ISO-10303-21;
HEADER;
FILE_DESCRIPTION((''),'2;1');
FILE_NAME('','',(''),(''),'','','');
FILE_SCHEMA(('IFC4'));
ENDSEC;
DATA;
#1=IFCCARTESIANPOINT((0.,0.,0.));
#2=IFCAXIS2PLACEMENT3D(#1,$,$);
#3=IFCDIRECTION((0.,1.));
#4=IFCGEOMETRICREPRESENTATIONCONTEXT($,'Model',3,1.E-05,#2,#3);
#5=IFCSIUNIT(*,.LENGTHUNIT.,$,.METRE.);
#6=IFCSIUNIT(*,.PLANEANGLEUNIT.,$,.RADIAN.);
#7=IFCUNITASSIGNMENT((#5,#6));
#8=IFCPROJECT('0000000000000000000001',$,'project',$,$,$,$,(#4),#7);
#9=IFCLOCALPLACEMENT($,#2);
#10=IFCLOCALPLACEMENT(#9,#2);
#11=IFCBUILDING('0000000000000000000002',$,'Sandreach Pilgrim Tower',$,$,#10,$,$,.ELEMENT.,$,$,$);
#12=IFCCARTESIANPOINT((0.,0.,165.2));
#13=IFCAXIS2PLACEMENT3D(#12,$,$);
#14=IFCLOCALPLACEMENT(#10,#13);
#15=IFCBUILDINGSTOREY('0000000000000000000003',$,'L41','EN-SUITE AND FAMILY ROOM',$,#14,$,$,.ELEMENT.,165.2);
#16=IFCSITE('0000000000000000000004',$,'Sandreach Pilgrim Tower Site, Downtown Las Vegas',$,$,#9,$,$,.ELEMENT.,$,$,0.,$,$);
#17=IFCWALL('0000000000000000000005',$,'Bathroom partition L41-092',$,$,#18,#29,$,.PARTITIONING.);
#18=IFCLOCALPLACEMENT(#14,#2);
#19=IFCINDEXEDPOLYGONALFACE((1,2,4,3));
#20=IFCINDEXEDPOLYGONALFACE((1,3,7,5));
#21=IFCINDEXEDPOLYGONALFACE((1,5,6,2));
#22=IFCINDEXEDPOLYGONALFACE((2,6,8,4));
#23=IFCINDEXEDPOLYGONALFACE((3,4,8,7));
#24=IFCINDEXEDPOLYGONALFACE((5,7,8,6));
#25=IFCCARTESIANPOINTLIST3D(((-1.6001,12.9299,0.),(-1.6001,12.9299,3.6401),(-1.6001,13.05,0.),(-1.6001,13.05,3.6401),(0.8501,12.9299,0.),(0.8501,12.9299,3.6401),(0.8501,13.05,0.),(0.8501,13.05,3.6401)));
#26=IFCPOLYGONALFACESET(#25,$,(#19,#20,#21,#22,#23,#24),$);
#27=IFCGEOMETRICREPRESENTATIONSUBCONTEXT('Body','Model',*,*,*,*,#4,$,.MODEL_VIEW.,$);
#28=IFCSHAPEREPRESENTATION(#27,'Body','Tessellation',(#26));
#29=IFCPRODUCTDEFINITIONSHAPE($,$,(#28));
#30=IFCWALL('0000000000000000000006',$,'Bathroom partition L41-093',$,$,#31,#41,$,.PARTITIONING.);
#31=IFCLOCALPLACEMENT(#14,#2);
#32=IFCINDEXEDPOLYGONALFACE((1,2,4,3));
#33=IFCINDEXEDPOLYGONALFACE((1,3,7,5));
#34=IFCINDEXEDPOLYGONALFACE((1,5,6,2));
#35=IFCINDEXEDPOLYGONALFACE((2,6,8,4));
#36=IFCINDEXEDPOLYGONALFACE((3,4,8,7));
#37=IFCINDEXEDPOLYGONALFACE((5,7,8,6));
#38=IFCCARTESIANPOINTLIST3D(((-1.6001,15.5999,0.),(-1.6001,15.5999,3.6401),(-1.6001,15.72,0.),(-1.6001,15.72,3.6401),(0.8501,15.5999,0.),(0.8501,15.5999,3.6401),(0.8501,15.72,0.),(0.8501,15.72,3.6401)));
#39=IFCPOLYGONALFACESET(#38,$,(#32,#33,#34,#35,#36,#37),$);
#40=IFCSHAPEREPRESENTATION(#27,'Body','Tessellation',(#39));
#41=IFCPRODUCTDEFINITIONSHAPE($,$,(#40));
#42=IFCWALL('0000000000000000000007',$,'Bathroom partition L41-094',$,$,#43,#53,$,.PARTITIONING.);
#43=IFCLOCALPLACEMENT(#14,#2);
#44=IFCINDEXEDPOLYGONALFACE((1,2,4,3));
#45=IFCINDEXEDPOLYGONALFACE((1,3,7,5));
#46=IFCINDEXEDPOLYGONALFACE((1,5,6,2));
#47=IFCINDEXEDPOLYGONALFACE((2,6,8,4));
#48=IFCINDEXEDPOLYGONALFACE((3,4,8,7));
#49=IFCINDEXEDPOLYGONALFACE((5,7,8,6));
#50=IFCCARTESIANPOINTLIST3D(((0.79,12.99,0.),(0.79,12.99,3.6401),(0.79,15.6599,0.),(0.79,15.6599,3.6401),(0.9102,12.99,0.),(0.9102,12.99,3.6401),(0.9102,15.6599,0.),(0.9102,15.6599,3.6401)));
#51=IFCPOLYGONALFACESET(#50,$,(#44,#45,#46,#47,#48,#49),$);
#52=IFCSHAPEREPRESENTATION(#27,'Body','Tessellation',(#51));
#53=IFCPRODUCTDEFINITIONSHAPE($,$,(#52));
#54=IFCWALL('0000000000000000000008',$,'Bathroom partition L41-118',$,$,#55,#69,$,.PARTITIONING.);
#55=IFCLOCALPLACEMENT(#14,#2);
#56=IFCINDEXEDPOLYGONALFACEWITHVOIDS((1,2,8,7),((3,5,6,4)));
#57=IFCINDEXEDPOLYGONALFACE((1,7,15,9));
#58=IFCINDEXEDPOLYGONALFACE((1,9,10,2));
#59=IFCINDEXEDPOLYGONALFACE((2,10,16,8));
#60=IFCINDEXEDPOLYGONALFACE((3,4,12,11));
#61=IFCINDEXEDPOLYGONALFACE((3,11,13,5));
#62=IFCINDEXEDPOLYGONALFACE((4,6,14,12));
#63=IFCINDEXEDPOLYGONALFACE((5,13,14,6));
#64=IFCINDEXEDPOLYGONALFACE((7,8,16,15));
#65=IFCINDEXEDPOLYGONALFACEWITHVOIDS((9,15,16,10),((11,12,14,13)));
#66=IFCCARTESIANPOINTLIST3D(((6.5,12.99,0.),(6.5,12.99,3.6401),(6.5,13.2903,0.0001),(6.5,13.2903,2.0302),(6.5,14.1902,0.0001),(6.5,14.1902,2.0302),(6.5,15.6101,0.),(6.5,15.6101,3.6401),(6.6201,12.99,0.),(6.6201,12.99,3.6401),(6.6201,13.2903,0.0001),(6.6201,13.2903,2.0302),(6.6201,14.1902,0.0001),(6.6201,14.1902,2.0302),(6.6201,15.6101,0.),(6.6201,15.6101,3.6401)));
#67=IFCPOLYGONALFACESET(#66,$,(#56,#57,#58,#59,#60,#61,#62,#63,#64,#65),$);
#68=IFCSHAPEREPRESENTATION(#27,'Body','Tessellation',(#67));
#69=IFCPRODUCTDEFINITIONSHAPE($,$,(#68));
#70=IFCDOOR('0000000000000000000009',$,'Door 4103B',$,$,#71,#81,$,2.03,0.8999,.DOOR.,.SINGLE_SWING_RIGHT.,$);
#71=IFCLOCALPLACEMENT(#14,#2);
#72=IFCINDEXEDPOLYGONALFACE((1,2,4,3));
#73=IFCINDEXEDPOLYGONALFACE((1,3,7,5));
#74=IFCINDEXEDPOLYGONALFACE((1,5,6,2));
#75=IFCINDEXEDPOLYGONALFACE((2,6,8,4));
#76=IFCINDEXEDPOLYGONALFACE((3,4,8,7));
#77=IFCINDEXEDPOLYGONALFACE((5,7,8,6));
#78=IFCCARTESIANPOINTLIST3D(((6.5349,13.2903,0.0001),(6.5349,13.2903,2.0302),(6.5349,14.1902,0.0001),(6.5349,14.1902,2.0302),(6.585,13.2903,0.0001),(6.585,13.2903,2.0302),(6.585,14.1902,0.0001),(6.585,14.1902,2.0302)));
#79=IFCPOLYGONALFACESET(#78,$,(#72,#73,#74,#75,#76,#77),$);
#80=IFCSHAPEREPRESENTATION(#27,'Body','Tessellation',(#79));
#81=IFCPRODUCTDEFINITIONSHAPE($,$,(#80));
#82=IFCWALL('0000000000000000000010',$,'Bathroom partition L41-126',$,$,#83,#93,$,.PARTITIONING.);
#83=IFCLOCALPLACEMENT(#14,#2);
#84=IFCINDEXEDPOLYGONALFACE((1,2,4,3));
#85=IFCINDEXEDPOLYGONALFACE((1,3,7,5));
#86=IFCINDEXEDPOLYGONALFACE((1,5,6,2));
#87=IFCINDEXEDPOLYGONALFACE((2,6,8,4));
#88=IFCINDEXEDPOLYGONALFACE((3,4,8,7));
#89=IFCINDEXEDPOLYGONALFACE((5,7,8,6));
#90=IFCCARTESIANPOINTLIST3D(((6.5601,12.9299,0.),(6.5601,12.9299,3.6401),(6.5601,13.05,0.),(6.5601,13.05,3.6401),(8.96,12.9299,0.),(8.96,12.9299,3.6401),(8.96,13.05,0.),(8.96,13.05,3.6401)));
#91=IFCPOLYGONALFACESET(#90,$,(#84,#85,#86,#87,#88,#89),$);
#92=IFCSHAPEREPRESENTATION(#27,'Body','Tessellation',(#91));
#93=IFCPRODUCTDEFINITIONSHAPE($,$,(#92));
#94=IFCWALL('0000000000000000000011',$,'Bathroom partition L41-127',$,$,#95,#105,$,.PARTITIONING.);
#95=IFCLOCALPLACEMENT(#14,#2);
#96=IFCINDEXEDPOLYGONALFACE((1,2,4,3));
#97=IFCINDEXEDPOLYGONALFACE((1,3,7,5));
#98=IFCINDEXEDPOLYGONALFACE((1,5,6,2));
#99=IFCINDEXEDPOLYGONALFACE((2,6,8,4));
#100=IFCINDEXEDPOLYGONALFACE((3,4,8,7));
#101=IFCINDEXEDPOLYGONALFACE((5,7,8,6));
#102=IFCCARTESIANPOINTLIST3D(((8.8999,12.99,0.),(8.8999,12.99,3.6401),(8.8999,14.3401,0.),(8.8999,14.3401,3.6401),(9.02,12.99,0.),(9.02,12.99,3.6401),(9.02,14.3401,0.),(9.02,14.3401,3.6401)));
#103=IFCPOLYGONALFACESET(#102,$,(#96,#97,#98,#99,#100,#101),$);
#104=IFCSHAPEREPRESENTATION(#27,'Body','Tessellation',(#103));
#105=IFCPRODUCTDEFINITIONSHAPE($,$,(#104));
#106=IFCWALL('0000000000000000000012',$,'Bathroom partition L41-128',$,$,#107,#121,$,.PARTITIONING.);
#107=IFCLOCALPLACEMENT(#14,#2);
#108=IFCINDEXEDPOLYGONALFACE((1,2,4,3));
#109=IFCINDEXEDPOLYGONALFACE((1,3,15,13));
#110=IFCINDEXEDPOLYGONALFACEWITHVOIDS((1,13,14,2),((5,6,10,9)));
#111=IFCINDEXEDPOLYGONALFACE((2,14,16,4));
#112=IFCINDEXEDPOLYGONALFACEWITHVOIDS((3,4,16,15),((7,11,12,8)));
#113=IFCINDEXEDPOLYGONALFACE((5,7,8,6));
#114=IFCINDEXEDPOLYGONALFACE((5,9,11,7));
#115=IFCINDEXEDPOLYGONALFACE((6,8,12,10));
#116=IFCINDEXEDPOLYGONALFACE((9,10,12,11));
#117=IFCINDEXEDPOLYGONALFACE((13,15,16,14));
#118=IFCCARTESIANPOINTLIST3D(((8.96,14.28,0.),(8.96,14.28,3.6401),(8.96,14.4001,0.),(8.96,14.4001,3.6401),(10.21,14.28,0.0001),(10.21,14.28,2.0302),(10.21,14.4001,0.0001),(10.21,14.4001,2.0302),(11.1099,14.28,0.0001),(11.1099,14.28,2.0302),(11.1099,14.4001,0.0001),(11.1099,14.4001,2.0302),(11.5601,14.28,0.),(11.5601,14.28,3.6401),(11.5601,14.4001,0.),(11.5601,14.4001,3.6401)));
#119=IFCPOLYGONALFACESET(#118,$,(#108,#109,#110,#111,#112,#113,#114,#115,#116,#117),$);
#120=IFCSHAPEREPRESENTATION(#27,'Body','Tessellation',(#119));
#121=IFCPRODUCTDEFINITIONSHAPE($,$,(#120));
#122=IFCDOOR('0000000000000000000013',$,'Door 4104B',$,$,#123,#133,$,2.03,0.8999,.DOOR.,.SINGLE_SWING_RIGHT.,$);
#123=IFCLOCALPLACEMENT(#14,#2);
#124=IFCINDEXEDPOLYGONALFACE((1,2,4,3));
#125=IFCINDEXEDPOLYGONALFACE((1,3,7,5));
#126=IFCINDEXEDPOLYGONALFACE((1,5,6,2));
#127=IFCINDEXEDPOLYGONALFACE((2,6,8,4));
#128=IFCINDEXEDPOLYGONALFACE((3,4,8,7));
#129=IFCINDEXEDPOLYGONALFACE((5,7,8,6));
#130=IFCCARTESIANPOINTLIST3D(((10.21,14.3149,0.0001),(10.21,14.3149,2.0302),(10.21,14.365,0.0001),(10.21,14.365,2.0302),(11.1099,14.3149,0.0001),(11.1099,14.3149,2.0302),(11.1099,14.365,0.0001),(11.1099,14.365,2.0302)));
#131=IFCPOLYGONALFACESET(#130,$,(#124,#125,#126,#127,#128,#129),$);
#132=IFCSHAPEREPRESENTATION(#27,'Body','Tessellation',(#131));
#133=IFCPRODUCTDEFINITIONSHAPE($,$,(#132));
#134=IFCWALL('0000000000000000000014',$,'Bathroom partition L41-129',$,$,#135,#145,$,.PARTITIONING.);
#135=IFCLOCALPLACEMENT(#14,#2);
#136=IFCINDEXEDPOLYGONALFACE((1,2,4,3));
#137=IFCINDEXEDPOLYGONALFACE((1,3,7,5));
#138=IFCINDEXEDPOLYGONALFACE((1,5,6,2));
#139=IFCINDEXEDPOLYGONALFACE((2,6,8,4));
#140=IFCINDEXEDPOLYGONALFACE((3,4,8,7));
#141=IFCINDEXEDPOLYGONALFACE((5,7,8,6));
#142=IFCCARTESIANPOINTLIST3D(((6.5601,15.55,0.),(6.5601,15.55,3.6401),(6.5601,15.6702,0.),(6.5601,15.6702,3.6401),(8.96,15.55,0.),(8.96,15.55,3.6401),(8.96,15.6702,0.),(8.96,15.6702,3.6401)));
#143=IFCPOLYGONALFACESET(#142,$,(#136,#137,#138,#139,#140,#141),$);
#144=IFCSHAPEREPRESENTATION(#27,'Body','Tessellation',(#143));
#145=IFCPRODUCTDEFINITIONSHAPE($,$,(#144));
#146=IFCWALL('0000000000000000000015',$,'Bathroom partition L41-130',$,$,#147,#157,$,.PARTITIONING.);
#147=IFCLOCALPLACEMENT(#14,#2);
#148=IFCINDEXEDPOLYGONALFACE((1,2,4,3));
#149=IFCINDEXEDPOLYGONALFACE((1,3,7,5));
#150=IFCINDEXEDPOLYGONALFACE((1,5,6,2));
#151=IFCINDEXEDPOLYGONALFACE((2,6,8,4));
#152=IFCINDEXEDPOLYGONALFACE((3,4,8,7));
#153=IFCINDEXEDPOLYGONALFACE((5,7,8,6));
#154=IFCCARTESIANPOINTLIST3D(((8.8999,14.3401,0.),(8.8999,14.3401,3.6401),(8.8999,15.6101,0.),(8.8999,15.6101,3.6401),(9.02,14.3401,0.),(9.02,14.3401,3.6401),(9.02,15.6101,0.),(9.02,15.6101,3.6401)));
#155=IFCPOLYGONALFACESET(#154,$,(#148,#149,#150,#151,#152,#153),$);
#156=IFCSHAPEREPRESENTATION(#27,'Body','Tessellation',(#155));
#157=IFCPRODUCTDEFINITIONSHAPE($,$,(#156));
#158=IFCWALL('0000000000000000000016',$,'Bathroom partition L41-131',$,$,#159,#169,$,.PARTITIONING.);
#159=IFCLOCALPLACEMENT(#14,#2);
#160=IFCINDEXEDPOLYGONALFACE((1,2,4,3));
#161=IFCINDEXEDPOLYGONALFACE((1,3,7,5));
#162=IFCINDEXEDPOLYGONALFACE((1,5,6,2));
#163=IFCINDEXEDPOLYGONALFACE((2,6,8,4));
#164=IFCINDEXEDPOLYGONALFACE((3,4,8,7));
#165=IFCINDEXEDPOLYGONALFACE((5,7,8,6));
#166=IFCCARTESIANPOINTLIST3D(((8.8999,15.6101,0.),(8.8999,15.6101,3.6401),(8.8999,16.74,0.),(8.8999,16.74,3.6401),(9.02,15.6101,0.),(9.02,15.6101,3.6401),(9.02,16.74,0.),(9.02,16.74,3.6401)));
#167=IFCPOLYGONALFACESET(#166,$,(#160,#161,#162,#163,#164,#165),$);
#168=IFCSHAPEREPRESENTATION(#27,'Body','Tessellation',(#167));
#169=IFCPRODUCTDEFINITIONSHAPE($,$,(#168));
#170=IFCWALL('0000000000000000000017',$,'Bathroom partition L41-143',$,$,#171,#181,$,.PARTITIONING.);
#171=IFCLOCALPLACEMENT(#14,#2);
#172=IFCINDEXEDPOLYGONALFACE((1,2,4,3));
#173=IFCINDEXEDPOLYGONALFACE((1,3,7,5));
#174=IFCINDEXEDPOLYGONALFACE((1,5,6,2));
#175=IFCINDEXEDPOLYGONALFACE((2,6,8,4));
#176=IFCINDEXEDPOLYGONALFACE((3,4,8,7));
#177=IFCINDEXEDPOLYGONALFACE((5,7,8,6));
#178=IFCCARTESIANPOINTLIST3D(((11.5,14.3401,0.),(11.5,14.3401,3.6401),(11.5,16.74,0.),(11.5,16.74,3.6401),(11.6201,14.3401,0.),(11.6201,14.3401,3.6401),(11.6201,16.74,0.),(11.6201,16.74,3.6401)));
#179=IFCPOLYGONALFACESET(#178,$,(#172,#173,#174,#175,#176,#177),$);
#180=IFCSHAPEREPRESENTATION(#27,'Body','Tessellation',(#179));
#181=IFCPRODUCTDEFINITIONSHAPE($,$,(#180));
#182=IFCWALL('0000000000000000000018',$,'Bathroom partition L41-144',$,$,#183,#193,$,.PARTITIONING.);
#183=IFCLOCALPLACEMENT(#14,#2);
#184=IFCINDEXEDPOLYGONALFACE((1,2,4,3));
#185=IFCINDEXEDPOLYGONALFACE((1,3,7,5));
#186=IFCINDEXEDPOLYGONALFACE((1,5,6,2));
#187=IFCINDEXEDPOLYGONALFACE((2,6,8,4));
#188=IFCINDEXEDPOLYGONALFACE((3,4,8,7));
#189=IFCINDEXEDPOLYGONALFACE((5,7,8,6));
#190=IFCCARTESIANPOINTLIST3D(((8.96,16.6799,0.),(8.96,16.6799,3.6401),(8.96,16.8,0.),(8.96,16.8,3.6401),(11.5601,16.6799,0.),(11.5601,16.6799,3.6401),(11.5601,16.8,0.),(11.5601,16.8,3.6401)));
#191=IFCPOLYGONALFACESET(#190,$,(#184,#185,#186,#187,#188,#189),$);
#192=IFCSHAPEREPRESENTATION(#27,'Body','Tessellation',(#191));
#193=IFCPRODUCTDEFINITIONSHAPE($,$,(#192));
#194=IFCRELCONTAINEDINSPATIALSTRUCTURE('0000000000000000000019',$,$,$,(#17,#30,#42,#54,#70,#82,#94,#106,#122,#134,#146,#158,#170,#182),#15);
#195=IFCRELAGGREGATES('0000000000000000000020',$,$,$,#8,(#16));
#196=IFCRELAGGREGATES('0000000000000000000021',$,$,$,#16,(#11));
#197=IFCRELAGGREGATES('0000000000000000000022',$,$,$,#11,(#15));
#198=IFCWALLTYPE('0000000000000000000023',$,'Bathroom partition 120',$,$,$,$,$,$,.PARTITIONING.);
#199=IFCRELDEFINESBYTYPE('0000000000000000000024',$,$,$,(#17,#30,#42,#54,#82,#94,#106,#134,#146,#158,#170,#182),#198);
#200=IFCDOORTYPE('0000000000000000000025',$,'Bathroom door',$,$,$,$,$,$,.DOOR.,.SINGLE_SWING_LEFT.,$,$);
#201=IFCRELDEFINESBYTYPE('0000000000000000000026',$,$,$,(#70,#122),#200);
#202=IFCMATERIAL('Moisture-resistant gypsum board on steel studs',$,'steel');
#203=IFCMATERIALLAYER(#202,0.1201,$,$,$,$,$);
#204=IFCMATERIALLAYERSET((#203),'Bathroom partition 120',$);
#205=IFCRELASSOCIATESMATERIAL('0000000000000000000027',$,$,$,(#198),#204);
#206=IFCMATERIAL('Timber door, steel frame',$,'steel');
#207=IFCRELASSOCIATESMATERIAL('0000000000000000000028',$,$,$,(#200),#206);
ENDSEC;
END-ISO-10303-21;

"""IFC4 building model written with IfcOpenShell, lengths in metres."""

from ifc_helpers import new_model, si_unit, direction, frame, frame_2d, origin, place, context, subcontext, project, spatial, rectangle, extrude, material, layer, layer_set, type_object, element, fill, save


model = new_model("IFC4")

# Units and contexts
model_context = context("Model", 3, precision=1e-05, world=origin(), true_north=direction((0.0, 1.0)))
body_context = subcontext(model_context, "Body", "Model", "MODEL_VIEW")
ifc_project = project(units=[si_unit("LENGTHUNIT", "METRE"), si_unit("PLANEANGLEUNIT", "RADIAN")], contexts=[model_context])

# Site, building, storey
site_placement = place(None, origin())
site = spatial("IfcSite", under=ifc_project, at=site_placement, Name="Sandreach Pilgrim Tower Site, Downtown Las Vegas", CompositionType="ELEMENT", RefElevation=0.0)
building_placement = place(site_placement, origin())
building = spatial("IfcBuilding", under=site, at=building_placement, Name="Sandreach Pilgrim Tower", CompositionType="ELEMENT")
storey_placement = place(building_placement, frame((0.0, 0.0, 165.2)))
storey = spatial("IfcBuildingStorey", under=building, at=storey_placement, Name="L41", Description="EN-SUITE AND FAMILY ROOM", CompositionType="ELEMENT", Elevation=165.2)

# Walls
ifc_material_1 = material(Name="Moisture-resistant gypsum board on steel studs", Category="steel")
ifc_layer_1 = layer(ifc_material_1, 0.1201)
ifc_layer_set_1 = layer_set([ifc_layer_1], Name="Bathroom partition 120")
wall_type_1 = type_object("IfcWallType", Name="Bathroom partition 120", PredefinedType="PARTITIONING", material=ifc_layer_set_1)
for number, where, z_axis, x_axis, name in (
    (1, (0.8501, 12.99, 0.0), (0.0, 0.0, 1.0), (-1.0, 0.0, 0.0), "Bathroom partition L41-092"),
    (2, (0.8501, 15.6599, 0.0), (0.0, 0.0, 1.0), (-1.0, 0.0, 0.0), "Bathroom partition L41-093"),
):
    element("IfcWall", number, at=place(storey_placement, frame(where, z_axis=z_axis, x_axis=x_axis)), inside=storey, type_object=wall_type_1, Name=name, PredefinedType="PARTITIONING", context=body_context, shape_type="SweptSolid", body=[
        extrude(rectangle(XDim=2.4502, YDim=0.1201, at=frame_2d((1.2251, 0.0))), origin(), (0.0, 0.0, 1.0), 3.6401),
    ])
wall_1_placement = place(storey_placement, frame((0.8501, 15.6599, 0.0), z_axis=(0.0, 0.0, 1.0), x_axis=(0.0, -1.0, 0.0)))
element("IfcWall", 3, at=wall_1_placement, inside=storey, type_object=wall_type_1, Name="Bathroom partition L41-094", PredefinedType="PARTITIONING", context=body_context, shape_type="SweptSolid", body=[
    extrude(rectangle(XDim=2.6699, YDim=0.1201, at=frame_2d((1.335, 0.0))), origin(), (0.0, 0.0, 1.0), 3.6401),
])

# Wall, opening, door
wall_2_placement = place(storey_placement, frame((6.5601, 15.6101, 0.0), z_axis=(0.0, 0.0, 1.0), x_axis=(0.0, -1.0, 0.0)))
wall_2 = element("IfcWall", 4, at=wall_2_placement, inside=storey, type_object=wall_type_1, Name="Bathroom partition L41-118", PredefinedType="PARTITIONING", context=body_context, shape_type="SweptSolid", body=[
    extrude(rectangle(XDim=2.6201, YDim=0.1201, at=frame_2d((1.3101, 0.0))), origin(), (0.0, 0.0, 1.0), 3.6401),
])
opening_1_placement = place(wall_2_placement, frame((1.4199, 0.0, 0.0)))
opening_1 = element("IfcOpeningElement", 5, at=opening_1_placement, cuts=wall_2, PredefinedType="OPENING", context=body_context, shape_type="SweptSolid", body=[
    extrude(rectangle(XDim=0.8999, YDim=2.03, at=frame_2d((0.45, 1.0151))), frame((0.0, 0.0601, 0.0), z_axis=(0.0, -1.0, 0.0), x_axis=(1.0, 0.0, 0.0)), (0.0, 0.0, 1.0), 0.1201),
])
ifc_material_2 = material(Name="Timber door, steel frame", Category="steel")
door_type_1 = type_object("IfcDoorType", Name="Bathroom door", OperationType="SINGLE_SWING_LEFT", PredefinedType="DOOR", material=ifc_material_2)
door_1_placement = place(opening_1_placement, origin())
door_1 = element("IfcDoor", 6, at=door_1_placement, inside=storey, type_object=door_type_1, Name="Door 4103B", OperationType="SINGLE_SWING_RIGHT", OverallHeight=2.03, OverallWidth=0.8999, PredefinedType="DOOR", context=body_context, shape_type="SweptSolid", body=[
    extrude(rectangle(XDim=0.8999, YDim=2.03, at=frame_2d((0.45, 1.0151))), frame((0.0, 0.0249, 0.0), z_axis=(0.0, -1.0, 0.0), x_axis=(1.0, 0.0, 0.0)), (0.0, 0.0, 1.0), 0.05),
])
fill(opening_1, door_1)

# Walls
wall_3_placement = place(storey_placement, frame((8.96, 12.99, 0.0), z_axis=(0.0, 0.0, 1.0), x_axis=(-1.0, 0.0, 0.0)))
element("IfcWall", 7, at=wall_3_placement, inside=storey, type_object=wall_type_1, Name="Bathroom partition L41-126", PredefinedType="PARTITIONING", context=body_context, shape_type="SweptSolid", body=[
    extrude(rectangle(XDim=2.3999, YDim=0.1201, at=frame_2d((1.2, 0.0))), origin(), (0.0, 0.0, 1.0), 3.6401),
])
wall_4_placement = place(storey_placement, frame((8.96, 14.3401, 0.0), z_axis=(0.0, 0.0, 1.0), x_axis=(0.0, -1.0, 0.0)))
element("IfcWall", 8, at=wall_4_placement, inside=storey, type_object=wall_type_1, Name="Bathroom partition L41-127", PredefinedType="PARTITIONING", context=body_context, shape_type="SweptSolid", body=[
    extrude(rectangle(XDim=1.3501, YDim=0.1201, at=frame_2d((0.675, 0.0))), origin(), (0.0, 0.0, 1.0), 3.6401),
])

# Wall, opening, door
wall_5_placement = place(storey_placement, frame((8.96, 14.3401, 0.0), z_axis=(0.0, 0.0, 1.0), x_axis=(1.0, 0.0, 0.0)))
wall_5 = element("IfcWall", 9, at=wall_5_placement, inside=storey, type_object=wall_type_1, Name="Bathroom partition L41-128", PredefinedType="PARTITIONING", context=body_context, shape_type="SweptSolid", body=[
    extrude(rectangle(XDim=2.6001, YDim=0.1201, at=frame_2d((1.3, 0.0))), origin(), (0.0, 0.0, 1.0), 3.6401),
])
opening_2_placement = place(wall_5_placement, frame((1.25, 0.0, 0.0)))
opening_2 = element("IfcOpeningElement", 10, at=opening_2_placement, cuts=wall_5, PredefinedType="OPENING", context=body_context, shape_type="SweptSolid", body=[
    extrude(rectangle(XDim=0.8999, YDim=2.03, at=frame_2d((0.45, 1.0151))), frame((0.0, 0.0601, 0.0), z_axis=(0.0, -1.0, 0.0), x_axis=(1.0, 0.0, 0.0)), (0.0, 0.0, 1.0), 0.1201),
])
door_2_placement = place(opening_2_placement, origin())
door_2 = element("IfcDoor", 11, at=door_2_placement, inside=storey, type_object=door_type_1, Name="Door 4104B", OperationType="SINGLE_SWING_RIGHT", OverallHeight=2.03, OverallWidth=0.8999, PredefinedType="DOOR", context=body_context, shape_type="SweptSolid", body=[
    extrude(rectangle(XDim=0.8999, YDim=2.03, at=frame_2d((0.45, 1.0151))), frame((0.0, 0.0249, 0.0), z_axis=(0.0, -1.0, 0.0), x_axis=(1.0, 0.0, 0.0)), (0.0, 0.0, 1.0), 0.05),
])
fill(opening_2, door_2)

# Walls
wall_6_placement = place(storey_placement, frame((8.96, 15.6101, 0.0), z_axis=(0.0, 0.0, 1.0), x_axis=(-1.0, 0.0, 0.0)))
element("IfcWall", 12, at=wall_6_placement, inside=storey, type_object=wall_type_1, Name="Bathroom partition L41-129", PredefinedType="PARTITIONING", context=body_context, shape_type="SweptSolid", body=[
    extrude(rectangle(XDim=2.3999, YDim=0.1201, at=frame_2d((1.2, 0.0))), origin(), (0.0, 0.0, 1.0), 3.6401),
])
wall_7_placement = place(storey_placement, frame((8.96, 15.6101, 0.0), z_axis=(0.0, 0.0, 1.0), x_axis=(0.0, -1.0, 0.0)))
element("IfcWall", 13, at=wall_7_placement, inside=storey, type_object=wall_type_1, Name="Bathroom partition L41-130", PredefinedType="PARTITIONING", context=body_context, shape_type="SweptSolid", body=[
    extrude(rectangle(XDim=1.27, YDim=0.1201, at=frame_2d((0.635, 0.0))), origin(), (0.0, 0.0, 1.0), 3.6401),
])
wall_8_placement = place(storey_placement, frame((8.96, 16.74, 0.0), z_axis=(0.0, 0.0, 1.0), x_axis=(0.0, -1.0, 0.0)))
element("IfcWall", 14, at=wall_8_placement, inside=storey, type_object=wall_type_1, Name="Bathroom partition L41-131", PredefinedType="PARTITIONING", context=body_context, shape_type="SweptSolid", body=[
    extrude(rectangle(XDim=1.1299, YDim=0.1201, at=frame_2d((0.5649, 0.0))), origin(), (0.0, 0.0, 1.0), 3.6401),
])
wall_9_placement = place(storey_placement, frame((11.5601, 14.3401, 0.0), z_axis=(0.0, 0.0, 1.0), x_axis=(0.0, 1.0, 0.0)))
element("IfcWall", 15, at=wall_9_placement, inside=storey, type_object=wall_type_1, Name="Bathroom partition L41-143", PredefinedType="PARTITIONING", context=body_context, shape_type="SweptSolid", body=[
    extrude(rectangle(XDim=2.3999, YDim=0.1201, at=frame_2d((1.2, 0.0))), origin(), (0.0, 0.0, 1.0), 3.6401),
])
wall_10_placement = place(storey_placement, frame((11.5601, 16.74, 0.0), z_axis=(0.0, 0.0, 1.0), x_axis=(-1.0, 0.0, 0.0)))
element("IfcWall", 16, at=wall_10_placement, inside=storey, type_object=wall_type_1, Name="Bathroom partition L41-144", PredefinedType="PARTITIONING", context=body_context, shape_type="SweptSolid", body=[
    extrude(rectangle(XDim=2.6001, YDim=0.1201, at=frame_2d((1.3, 0.0))), origin(), (0.0, 0.0, 1.0), 3.6401),
])

save(model, "model.ifc")
